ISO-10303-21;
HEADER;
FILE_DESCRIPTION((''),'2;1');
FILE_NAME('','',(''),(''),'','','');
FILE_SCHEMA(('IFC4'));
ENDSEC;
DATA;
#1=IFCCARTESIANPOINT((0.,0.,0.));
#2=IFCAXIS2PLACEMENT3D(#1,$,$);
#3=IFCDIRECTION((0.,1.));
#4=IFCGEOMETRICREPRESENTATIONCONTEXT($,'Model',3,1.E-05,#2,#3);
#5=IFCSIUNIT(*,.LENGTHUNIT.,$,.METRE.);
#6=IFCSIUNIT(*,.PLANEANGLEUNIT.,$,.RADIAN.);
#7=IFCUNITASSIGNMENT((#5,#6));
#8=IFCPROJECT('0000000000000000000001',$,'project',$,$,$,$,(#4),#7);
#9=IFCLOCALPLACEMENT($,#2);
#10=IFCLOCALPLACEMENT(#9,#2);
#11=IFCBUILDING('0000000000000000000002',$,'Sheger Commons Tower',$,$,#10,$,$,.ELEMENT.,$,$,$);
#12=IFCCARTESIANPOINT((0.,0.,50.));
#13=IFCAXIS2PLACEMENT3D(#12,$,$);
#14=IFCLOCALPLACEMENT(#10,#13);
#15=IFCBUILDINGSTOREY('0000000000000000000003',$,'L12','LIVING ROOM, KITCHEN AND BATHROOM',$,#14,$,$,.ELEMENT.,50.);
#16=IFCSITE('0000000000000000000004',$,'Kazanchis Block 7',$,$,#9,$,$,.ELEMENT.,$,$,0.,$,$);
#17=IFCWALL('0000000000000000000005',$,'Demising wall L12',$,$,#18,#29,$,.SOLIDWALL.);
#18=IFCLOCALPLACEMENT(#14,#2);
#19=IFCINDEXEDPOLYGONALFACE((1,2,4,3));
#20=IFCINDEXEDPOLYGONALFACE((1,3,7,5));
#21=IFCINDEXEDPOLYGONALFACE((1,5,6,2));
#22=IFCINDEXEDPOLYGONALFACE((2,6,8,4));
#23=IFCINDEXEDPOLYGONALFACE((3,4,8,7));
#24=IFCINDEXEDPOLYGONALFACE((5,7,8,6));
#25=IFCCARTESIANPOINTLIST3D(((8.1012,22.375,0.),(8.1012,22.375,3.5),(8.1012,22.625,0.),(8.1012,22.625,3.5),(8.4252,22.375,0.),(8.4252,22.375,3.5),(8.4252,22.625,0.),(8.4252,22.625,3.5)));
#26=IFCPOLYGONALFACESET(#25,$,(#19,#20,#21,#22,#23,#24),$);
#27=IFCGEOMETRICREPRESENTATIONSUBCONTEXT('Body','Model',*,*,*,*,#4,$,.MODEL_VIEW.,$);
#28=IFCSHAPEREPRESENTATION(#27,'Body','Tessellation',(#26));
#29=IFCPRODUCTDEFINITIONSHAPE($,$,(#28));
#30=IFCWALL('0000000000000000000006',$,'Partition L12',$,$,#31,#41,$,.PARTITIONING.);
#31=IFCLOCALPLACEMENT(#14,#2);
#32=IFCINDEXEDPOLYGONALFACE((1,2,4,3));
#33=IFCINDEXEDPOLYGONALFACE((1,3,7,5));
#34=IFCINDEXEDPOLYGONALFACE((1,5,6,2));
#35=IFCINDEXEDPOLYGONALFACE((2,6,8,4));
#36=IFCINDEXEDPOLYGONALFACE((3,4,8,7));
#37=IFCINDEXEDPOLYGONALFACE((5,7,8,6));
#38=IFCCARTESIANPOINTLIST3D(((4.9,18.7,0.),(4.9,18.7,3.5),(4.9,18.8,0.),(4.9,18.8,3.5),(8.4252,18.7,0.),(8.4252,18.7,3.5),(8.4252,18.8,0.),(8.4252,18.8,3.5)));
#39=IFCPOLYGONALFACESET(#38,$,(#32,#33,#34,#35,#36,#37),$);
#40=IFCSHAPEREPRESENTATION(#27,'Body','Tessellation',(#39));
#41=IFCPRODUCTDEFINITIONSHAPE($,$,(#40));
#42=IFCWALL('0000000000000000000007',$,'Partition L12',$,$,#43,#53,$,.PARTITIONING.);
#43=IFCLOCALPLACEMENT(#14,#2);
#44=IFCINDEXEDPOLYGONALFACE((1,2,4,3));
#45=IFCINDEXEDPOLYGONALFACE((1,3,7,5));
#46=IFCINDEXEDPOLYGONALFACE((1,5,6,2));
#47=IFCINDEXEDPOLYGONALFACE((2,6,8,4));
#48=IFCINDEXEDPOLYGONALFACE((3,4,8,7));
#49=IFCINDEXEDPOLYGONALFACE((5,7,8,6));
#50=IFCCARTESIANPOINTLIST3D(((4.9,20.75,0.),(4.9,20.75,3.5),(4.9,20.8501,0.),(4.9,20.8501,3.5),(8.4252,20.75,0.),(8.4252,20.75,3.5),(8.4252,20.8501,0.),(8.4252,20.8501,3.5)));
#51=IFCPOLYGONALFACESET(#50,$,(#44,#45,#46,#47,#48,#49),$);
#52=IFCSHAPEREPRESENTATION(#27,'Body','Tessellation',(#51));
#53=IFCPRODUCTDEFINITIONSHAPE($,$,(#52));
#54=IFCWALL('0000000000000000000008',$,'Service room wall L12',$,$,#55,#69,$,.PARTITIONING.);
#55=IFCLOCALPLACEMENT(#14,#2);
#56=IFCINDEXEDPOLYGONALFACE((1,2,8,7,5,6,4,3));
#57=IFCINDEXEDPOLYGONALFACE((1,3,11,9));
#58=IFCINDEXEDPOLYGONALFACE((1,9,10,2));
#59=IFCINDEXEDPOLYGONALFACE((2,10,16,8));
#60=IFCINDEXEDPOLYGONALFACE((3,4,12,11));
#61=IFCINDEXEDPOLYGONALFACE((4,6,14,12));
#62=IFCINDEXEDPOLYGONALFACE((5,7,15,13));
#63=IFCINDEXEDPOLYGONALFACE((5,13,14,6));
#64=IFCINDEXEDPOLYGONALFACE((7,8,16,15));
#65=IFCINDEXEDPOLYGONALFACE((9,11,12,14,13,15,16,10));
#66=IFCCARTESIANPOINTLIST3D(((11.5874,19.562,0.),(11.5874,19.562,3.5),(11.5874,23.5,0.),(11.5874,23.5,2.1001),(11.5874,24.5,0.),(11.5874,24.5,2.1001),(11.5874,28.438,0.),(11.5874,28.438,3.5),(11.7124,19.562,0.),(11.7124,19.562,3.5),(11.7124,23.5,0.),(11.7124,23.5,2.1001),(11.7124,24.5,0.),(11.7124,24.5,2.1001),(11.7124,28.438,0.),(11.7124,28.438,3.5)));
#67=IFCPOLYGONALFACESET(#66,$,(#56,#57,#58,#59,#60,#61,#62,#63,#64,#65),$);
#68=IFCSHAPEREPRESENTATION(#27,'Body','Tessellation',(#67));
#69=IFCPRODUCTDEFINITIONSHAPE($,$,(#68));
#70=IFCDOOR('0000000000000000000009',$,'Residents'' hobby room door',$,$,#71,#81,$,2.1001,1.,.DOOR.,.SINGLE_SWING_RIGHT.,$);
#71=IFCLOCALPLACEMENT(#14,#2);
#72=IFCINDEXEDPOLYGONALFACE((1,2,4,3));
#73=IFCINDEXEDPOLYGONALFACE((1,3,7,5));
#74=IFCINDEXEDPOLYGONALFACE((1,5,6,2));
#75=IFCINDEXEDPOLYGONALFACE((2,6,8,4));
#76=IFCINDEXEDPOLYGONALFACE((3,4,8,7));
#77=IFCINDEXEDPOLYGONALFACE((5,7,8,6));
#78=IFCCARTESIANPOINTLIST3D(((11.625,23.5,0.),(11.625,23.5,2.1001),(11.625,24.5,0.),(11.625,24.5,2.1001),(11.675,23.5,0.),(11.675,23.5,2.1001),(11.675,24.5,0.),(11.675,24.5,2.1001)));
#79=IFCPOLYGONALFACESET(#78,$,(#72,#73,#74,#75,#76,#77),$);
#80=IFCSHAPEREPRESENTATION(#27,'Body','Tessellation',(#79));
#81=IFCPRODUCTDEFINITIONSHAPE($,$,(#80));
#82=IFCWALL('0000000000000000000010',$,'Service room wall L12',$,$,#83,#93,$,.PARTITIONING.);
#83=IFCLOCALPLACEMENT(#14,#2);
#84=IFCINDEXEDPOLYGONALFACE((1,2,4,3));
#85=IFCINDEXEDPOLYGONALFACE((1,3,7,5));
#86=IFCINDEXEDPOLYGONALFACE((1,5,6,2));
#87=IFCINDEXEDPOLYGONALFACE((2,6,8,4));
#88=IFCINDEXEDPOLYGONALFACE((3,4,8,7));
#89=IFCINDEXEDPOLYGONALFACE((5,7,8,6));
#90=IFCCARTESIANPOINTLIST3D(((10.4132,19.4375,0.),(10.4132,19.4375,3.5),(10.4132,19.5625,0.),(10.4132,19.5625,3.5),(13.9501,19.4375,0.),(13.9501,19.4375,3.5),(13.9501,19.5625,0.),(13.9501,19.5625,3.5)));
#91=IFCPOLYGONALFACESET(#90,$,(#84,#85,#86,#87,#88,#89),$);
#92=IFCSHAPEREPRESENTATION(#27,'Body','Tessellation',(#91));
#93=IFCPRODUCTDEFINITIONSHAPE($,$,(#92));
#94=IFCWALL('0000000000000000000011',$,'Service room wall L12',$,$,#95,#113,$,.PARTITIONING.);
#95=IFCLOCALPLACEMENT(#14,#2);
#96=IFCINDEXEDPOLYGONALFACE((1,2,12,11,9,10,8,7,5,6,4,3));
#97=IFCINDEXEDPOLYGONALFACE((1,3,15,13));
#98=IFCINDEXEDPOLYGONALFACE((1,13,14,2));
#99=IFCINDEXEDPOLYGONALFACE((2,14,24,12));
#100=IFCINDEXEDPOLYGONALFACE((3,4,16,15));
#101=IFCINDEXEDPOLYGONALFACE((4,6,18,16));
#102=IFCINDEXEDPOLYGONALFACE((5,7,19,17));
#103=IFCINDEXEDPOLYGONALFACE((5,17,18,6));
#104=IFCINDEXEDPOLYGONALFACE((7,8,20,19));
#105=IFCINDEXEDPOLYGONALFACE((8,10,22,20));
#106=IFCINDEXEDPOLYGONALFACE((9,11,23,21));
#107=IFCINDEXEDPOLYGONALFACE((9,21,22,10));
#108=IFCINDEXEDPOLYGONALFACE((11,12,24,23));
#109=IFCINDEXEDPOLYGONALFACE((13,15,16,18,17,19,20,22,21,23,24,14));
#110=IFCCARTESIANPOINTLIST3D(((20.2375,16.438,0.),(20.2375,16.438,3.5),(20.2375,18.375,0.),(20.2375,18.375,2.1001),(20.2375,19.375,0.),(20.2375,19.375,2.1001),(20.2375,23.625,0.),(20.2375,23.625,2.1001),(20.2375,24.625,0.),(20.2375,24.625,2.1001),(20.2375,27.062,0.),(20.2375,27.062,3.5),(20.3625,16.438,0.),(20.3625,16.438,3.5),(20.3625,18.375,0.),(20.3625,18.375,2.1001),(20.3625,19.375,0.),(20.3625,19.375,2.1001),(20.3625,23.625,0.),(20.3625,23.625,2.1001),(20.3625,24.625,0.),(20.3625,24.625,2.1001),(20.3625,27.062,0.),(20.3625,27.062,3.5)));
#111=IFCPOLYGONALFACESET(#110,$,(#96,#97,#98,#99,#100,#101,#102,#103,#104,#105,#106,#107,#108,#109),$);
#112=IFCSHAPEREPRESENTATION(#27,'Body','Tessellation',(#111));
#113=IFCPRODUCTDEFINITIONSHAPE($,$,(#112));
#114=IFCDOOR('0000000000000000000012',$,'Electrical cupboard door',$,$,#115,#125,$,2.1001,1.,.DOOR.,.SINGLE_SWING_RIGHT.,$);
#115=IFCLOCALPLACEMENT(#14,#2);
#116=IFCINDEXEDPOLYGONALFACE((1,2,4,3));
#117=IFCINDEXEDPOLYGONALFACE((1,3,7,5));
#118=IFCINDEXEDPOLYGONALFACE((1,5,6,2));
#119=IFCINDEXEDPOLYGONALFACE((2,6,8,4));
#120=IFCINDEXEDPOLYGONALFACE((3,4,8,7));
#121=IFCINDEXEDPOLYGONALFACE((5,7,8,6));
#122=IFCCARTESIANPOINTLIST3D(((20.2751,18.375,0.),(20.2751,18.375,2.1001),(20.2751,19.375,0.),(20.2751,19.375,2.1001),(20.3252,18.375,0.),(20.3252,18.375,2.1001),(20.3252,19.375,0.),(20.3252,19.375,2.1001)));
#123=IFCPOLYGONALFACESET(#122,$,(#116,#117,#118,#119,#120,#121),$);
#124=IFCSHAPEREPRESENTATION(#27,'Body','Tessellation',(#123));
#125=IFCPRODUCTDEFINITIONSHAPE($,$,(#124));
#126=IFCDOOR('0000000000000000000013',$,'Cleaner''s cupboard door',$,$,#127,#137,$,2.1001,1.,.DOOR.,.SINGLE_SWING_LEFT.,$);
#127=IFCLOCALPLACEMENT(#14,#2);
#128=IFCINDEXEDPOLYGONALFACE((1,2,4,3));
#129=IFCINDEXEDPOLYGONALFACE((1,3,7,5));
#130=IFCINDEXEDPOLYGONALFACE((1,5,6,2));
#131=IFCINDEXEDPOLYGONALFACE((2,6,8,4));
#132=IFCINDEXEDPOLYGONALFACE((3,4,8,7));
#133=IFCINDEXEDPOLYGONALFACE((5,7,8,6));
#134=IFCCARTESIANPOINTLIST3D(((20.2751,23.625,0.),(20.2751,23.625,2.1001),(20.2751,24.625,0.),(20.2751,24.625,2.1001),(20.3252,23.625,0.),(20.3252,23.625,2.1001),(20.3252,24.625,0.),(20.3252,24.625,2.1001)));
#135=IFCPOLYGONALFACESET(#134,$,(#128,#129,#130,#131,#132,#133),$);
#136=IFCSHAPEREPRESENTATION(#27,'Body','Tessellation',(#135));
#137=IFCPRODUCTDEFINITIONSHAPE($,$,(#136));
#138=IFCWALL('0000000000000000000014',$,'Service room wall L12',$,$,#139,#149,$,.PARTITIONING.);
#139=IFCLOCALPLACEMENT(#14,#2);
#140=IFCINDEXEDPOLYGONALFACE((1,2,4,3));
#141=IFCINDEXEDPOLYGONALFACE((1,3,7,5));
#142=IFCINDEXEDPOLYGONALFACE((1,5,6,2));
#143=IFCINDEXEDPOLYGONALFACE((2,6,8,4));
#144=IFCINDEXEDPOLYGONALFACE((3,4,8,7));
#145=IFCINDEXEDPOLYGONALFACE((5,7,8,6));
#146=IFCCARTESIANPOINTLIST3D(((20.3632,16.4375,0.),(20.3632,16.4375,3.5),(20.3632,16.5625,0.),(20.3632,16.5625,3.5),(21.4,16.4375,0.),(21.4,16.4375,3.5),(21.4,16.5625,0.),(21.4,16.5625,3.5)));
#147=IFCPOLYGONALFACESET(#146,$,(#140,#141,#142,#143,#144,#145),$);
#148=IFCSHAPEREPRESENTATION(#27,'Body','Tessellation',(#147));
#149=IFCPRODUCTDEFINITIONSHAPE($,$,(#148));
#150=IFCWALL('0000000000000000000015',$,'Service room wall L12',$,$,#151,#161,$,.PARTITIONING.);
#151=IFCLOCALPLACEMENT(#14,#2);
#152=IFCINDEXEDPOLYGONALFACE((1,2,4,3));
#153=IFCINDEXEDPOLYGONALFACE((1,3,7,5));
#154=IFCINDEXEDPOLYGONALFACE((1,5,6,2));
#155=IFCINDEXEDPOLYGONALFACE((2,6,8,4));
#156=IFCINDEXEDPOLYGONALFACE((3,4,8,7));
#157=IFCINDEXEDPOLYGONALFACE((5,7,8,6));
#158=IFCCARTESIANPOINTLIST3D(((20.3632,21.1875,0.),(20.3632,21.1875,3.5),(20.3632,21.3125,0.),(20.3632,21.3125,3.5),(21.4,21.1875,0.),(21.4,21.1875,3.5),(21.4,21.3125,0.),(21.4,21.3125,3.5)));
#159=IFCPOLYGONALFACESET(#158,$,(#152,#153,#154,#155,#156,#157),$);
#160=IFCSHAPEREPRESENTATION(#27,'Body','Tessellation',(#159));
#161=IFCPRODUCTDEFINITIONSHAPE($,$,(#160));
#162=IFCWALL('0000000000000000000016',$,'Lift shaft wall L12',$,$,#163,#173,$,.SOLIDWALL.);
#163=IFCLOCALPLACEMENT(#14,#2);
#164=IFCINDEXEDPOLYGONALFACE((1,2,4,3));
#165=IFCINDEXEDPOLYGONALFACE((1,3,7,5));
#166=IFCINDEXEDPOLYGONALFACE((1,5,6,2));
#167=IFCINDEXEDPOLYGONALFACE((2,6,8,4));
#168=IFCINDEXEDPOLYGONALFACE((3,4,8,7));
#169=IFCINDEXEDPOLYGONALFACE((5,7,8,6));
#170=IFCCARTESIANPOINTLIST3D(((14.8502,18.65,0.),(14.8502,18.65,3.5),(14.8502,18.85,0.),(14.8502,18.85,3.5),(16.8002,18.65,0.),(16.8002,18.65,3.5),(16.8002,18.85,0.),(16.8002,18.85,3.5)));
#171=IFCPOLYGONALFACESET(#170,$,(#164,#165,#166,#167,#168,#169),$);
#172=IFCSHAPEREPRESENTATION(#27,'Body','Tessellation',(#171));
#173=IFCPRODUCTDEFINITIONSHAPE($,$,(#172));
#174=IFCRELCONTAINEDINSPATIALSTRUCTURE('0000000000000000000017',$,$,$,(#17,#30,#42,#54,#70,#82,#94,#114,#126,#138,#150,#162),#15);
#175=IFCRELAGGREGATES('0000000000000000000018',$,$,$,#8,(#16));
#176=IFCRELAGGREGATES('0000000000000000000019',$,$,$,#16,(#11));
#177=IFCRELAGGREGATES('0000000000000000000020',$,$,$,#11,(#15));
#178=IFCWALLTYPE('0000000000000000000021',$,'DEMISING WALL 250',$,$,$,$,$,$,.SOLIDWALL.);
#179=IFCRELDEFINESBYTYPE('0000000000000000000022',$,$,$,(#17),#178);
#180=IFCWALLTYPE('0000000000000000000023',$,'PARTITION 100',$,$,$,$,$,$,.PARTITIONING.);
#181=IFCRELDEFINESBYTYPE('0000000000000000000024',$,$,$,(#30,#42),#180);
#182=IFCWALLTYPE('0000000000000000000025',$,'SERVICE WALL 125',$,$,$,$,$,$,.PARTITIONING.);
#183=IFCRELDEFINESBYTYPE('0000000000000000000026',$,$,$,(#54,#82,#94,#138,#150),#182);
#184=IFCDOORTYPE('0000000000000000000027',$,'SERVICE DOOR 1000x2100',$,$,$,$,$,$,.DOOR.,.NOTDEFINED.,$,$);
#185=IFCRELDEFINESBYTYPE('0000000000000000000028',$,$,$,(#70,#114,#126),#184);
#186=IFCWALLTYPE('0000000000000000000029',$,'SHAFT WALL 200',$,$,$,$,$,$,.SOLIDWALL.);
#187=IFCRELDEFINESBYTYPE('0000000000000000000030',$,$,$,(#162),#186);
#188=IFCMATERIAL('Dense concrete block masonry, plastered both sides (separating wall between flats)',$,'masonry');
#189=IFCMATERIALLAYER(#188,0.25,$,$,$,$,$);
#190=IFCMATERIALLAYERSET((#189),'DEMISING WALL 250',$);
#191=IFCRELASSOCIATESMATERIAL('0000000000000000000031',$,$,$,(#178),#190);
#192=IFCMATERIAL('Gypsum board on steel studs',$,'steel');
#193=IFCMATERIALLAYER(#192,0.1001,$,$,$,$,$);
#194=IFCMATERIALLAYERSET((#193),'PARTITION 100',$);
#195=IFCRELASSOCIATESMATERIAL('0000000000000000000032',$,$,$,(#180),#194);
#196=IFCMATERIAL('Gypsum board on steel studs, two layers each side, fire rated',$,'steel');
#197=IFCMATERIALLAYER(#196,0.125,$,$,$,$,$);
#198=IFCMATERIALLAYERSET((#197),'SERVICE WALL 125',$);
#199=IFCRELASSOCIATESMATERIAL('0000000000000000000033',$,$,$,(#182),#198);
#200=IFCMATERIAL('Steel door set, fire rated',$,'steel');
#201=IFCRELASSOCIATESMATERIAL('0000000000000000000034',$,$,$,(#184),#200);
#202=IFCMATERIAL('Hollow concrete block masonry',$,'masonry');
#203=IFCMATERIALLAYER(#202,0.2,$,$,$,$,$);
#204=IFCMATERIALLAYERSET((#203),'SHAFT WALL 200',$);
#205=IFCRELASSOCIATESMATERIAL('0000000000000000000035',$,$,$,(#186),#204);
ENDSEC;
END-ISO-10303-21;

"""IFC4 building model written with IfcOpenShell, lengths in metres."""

from ifc_helpers import new_model, si_unit, direction, frame, frame_2d, origin, place, context, subcontext, project, spatial, rectangle, extrude, material, layer, layer_set, type_object, element, fill, save


model = new_model("IFC4")

# Units and contexts
model_context = context("Model", 3, precision=1e-05, world=origin(), true_north=direction((0.0, 1.0)))
body_context = subcontext(model_context, "Body", "Model", "MODEL_VIEW")
ifc_project = project(units=[si_unit("LENGTHUNIT", "METRE"), si_unit("PLANEANGLEUNIT", "RADIAN")], contexts=[model_context])

# Site, building, storey
site_placement = place(None, origin())
site = spatial("IfcSite", under=ifc_project, at=site_placement, Name="Kazanchis Block 7", CompositionType="ELEMENT", RefElevation=0.0)
building_placement = place(site_placement, origin())
building = spatial("IfcBuilding", under=site, at=building_placement, Name="Sheger Commons Tower", CompositionType="ELEMENT")
storey_placement = place(building_placement, frame((0.0, 0.0, 50.0)))
storey = spatial("IfcBuildingStorey", under=building, at=storey_placement, Name="L12", Description="LIVING ROOM, KITCHEN AND BATHROOM", CompositionType="ELEMENT", Elevation=50.0)

# Walls
ifc_material_1 = material(Name="Dense concrete block masonry, plastered both sides (separating wall between flats)", Category="masonry")
ifc_layer_1 = layer(ifc_material_1, 0.25)
ifc_layer_set_1 = layer_set([ifc_layer_1], Name="DEMISING WALL 250")
wall_type_1 = type_object("IfcWallType", Name="DEMISING WALL 250", PredefinedType="SOLIDWALL", material=ifc_layer_set_1)
wall_1_placement = place(storey_placement, frame((8.1011, 22.5, 0.0), z_axis=(0.0, 0.0, 1.0), x_axis=(1.0, 0.0, 0.0)))
element("IfcWall", 1, at=wall_1_placement, inside=storey, type_object=wall_type_1, Name="Demising wall L12", PredefinedType="SOLIDWALL", context=body_context, shape_type="SweptSolid", body=[
    extrude(rectangle(XDim=0.324, YDim=0.25, at=frame_2d((0.1621, 0.0))), origin(), (0.0, 0.0, 1.0), 3.5),
])
ifc_material_2 = material(Name="Gypsum board on steel studs", Category="steel")
ifc_layer_2 = layer(ifc_material_2, 0.1001)
ifc_layer_set_2 = layer_set([ifc_layer_2], Name="PARTITION 100")
wall_type_2 = type_object("IfcWallType", Name="PARTITION 100", PredefinedType="PARTITIONING", material=ifc_layer_set_2)
for number, where, z_axis, x_axis, name in (
    (2, (4.8999, 18.75, 0.0), (0.0, 0.0, 1.0), (1.0, 0.0, 0.0), "Partition L12"),
    (3, (4.8999, 20.8, 0.0), (0.0, 0.0, 1.0), (1.0, 0.0, 0.0), "Partition L12"),
):
    element("IfcWall", number, at=place(storey_placement, frame(where, z_axis=z_axis, x_axis=x_axis)), inside=storey, type_object=wall_type_2, Name=name, PredefinedType="PARTITIONING", context=body_context, shape_type="SweptSolid", body=[
        extrude(rectangle(XDim=3.5251, YDim=0.1001, at=frame_2d((1.7627, 0.0))), origin(), (0.0, 0.0, 1.0), 3.5),
    ])

# Wall, opening, door
ifc_material_3 = material(Name="Gypsum board on steel studs, two layers each side, fire rated", Category="steel")
ifc_layer_3 = layer(ifc_material_3, 0.125)
ifc_layer_set_3 = layer_set([ifc_layer_3], Name="SERVICE WALL 125")
wall_type_3 = type_object("IfcWallType", Name="SERVICE WALL 125", PredefinedType="PARTITIONING", material=ifc_layer_set_3)
wall_2_placement = place(storey_placement, frame((11.6499, 19.562, 0.0), z_axis=(0.0, 0.0, 1.0), x_axis=(0.0, 1.0, 0.0)))
wall_2 = element("IfcWall", 4, at=wall_2_placement, inside=storey, type_object=wall_type_3, Name="Service room wall L12", PredefinedType="PARTITIONING", context=body_context, shape_type="SweptSolid", body=[
    extrude(rectangle(XDim=8.876, YDim=0.125, at=frame_2d((4.438, 0.0))), origin(), (0.0, 0.0, 1.0), 3.5),
])
opening_1_placement = place(wall_2_placement, frame((3.938, 0.0, 0.0)))
opening_1 = element("IfcOpeningElement", 5, at=opening_1_placement, cuts=wall_2, PredefinedType="OPENING", context=body_context, shape_type="SweptSolid", body=[
    extrude(rectangle(XDim=1.0, YDim=2.1001, at=frame_2d((0.5, 1.05))), frame((0.0, 0.0725, 0.0), z_axis=(0.0, -1.0, 0.0), x_axis=(1.0, 0.0, 0.0)), (0.0, 0.0, 1.0), 0.145),
])
ifc_material_4 = material(Name="Steel door set, fire rated", Category="steel")
door_type_1 = type_object("IfcDoorType", Name="SERVICE DOOR 1000x2100", OperationType="NOTDEFINED", PredefinedType="DOOR", material=ifc_material_4)
door_1_placement = place(opening_1_placement, origin())
door_1 = element("IfcDoor", 6, at=door_1_placement, inside=storey, type_object=door_type_1, Name="Residents' hobby room door", OperationType="SINGLE_SWING_RIGHT", OverallHeight=2.1001, OverallWidth=1.0, PredefinedType="DOOR", context=body_context, shape_type="SweptSolid", body=[
    extrude(rectangle(XDim=1.0, YDim=2.1001, at=frame_2d((0.5, 1.05))), frame((0.0, 0.0249, 0.0), z_axis=(0.0, -1.0, 0.0), x_axis=(1.0, 0.0, 0.0)), (0.0, 0.0, 1.0), 0.05),
])
fill(opening_1, door_1)

# Wall
wall_3_placement = place(storey_placement, frame((10.4131, 19.5, 0.0), z_axis=(0.0, 0.0, 1.0), x_axis=(1.0, 0.0, 0.0)))
element("IfcWall", 7, at=wall_3_placement, inside=storey, type_object=wall_type_3, Name="Service room wall L12", PredefinedType="PARTITIONING", context=body_context, shape_type="SweptSolid", body=[
    extrude(rectangle(XDim=3.5369, YDim=0.125, at=frame_2d((1.7686, 0.0))), origin(), (0.0, 0.0, 1.0), 3.5),
])

# Wall, openings, doors
wall_4_placement = place(storey_placement, frame((20.3, 16.438, 0.0), z_axis=(0.0, 0.0, 1.0), x_axis=(0.0, 1.0, 0.0)))
wall_4 = element("IfcWall", 8, at=wall_4_placement, inside=storey, type_object=wall_type_3, Name="Service room wall L12", PredefinedType="PARTITIONING", context=body_context, shape_type="SweptSolid", body=[
    extrude(rectangle(XDim=10.624, YDim=0.125, at=frame_2d((5.312, 0.0))), origin(), (0.0, 0.0, 1.0), 3.5),
])
opening_2_placement = place(wall_4_placement, frame((1.937, 0.0, 0.0)))
opening_2 = element("IfcOpeningElement", 9, at=opening_2_placement, cuts=wall_4, PredefinedType="OPENING", context=body_context, shape_type="SweptSolid", body=[
    extrude(rectangle(XDim=1.0, YDim=2.1001, at=frame_2d((0.5, 1.05))), frame((0.0, 0.0725, 0.0), z_axis=(0.0, -1.0, 0.0), x_axis=(1.0, 0.0, 0.0)), (0.0, 0.0, 1.0), 0.145),
])
opening_3_placement = place(wall_4_placement, frame((7.187, 0.0, 0.0)))
opening_3 = element("IfcOpeningElement", 10, at=opening_3_placement, cuts=wall_4, PredefinedType="OPENING", context=body_context, shape_type="SweptSolid", body=[
    extrude(rectangle(XDim=1.0, YDim=2.1001, at=frame_2d((0.5, 1.05))), frame((0.0, 0.0725, 0.0), z_axis=(0.0, -1.0, 0.0), x_axis=(1.0, 0.0, 0.0)), (0.0, 0.0, 1.0), 0.145),
])
door_2_placement = place(opening_2_placement, origin())
door_2 = element("IfcDoor", 11, at=door_2_placement, inside=storey, type_object=door_type_1, Name="Electrical cupboard door", OperationType="SINGLE_SWING_RIGHT", OverallHeight=2.1001, OverallWidth=1.0, PredefinedType="DOOR", context=body_context, shape_type="SweptSolid", body=[
    extrude(rectangle(XDim=1.0, YDim=2.1001, at=frame_2d((0.5, 1.05))), frame((0.0, 0.0249, 0.0), z_axis=(0.0, -1.0, 0.0), x_axis=(1.0, 0.0, 0.0)), (0.0, 0.0, 1.0), 0.05),
])
fill(opening_2, door_2)
door_3_placement = place(opening_3_placement, origin())
door_3 = element("IfcDoor", 12, at=door_3_placement, inside=storey, type_object=door_type_1, Name="Cleaner's cupboard door", OperationType="SINGLE_SWING_LEFT", OverallHeight=2.1001, OverallWidth=1.0, PredefinedType="DOOR", context=body_context, shape_type="SweptSolid", body=[
    extrude(rectangle(XDim=1.0, YDim=2.1001, at=frame_2d((0.5, 1.05))), frame((0.0, 0.0249, 0.0), z_axis=(0.0, -1.0, 0.0), x_axis=(1.0, 0.0, 0.0)), (0.0, 0.0, 1.0), 0.05),
])
fill(opening_3, door_3)

# Walls
for number, where, z_axis, x_axis, name in (
    (13, (20.363, 16.5, 0.0), (0.0, 0.0, 1.0), (1.0, 0.0, 0.0), "Service room wall L12"),
    (14, (20.363, 21.25, 0.0), (0.0, 0.0, 1.0), (1.0, 0.0, 0.0), "Service room wall L12"),
):
    element("IfcWall", number, at=place(storey_placement, frame(where, z_axis=z_axis, x_axis=x_axis)), inside=storey, type_object=wall_type_3, Name=name, PredefinedType="PARTITIONING", context=body_context, shape_type="SweptSolid", body=[
        extrude(rectangle(XDim=1.0369, YDim=0.125, at=frame_2d((0.5186, 0.0))), origin(), (0.0, 0.0, 1.0), 3.5),
    ])
ifc_material_5 = material(Name="Hollow concrete block masonry", Category="masonry")
ifc_layer_4 = layer(ifc_material_5, 0.2)
ifc_layer_set_4 = layer_set([ifc_layer_4], Name="SHAFT WALL 200")
wall_type_4 = type_object("IfcWallType", Name="SHAFT WALL 200", PredefinedType="SOLIDWALL", material=ifc_layer_set_4)
wall_5_placement = place(storey_placement, frame((14.8501, 18.75, 0.0), z_axis=(0.0, 0.0, 1.0), x_axis=(1.0, 0.0, 0.0)))
element("IfcWall", 15, at=wall_5_placement, inside=storey, type_object=wall_type_4, Name="Lift shaft wall L12", PredefinedType="SOLIDWALL", context=body_context, shape_type="SweptSolid", body=[
    extrude(rectangle(XDim=1.95, YDim=0.2, at=frame_2d((0.9751, 0.0))), origin(), (0.0, 0.0, 1.0), 3.5),
])

save(model, "model.ifc")
